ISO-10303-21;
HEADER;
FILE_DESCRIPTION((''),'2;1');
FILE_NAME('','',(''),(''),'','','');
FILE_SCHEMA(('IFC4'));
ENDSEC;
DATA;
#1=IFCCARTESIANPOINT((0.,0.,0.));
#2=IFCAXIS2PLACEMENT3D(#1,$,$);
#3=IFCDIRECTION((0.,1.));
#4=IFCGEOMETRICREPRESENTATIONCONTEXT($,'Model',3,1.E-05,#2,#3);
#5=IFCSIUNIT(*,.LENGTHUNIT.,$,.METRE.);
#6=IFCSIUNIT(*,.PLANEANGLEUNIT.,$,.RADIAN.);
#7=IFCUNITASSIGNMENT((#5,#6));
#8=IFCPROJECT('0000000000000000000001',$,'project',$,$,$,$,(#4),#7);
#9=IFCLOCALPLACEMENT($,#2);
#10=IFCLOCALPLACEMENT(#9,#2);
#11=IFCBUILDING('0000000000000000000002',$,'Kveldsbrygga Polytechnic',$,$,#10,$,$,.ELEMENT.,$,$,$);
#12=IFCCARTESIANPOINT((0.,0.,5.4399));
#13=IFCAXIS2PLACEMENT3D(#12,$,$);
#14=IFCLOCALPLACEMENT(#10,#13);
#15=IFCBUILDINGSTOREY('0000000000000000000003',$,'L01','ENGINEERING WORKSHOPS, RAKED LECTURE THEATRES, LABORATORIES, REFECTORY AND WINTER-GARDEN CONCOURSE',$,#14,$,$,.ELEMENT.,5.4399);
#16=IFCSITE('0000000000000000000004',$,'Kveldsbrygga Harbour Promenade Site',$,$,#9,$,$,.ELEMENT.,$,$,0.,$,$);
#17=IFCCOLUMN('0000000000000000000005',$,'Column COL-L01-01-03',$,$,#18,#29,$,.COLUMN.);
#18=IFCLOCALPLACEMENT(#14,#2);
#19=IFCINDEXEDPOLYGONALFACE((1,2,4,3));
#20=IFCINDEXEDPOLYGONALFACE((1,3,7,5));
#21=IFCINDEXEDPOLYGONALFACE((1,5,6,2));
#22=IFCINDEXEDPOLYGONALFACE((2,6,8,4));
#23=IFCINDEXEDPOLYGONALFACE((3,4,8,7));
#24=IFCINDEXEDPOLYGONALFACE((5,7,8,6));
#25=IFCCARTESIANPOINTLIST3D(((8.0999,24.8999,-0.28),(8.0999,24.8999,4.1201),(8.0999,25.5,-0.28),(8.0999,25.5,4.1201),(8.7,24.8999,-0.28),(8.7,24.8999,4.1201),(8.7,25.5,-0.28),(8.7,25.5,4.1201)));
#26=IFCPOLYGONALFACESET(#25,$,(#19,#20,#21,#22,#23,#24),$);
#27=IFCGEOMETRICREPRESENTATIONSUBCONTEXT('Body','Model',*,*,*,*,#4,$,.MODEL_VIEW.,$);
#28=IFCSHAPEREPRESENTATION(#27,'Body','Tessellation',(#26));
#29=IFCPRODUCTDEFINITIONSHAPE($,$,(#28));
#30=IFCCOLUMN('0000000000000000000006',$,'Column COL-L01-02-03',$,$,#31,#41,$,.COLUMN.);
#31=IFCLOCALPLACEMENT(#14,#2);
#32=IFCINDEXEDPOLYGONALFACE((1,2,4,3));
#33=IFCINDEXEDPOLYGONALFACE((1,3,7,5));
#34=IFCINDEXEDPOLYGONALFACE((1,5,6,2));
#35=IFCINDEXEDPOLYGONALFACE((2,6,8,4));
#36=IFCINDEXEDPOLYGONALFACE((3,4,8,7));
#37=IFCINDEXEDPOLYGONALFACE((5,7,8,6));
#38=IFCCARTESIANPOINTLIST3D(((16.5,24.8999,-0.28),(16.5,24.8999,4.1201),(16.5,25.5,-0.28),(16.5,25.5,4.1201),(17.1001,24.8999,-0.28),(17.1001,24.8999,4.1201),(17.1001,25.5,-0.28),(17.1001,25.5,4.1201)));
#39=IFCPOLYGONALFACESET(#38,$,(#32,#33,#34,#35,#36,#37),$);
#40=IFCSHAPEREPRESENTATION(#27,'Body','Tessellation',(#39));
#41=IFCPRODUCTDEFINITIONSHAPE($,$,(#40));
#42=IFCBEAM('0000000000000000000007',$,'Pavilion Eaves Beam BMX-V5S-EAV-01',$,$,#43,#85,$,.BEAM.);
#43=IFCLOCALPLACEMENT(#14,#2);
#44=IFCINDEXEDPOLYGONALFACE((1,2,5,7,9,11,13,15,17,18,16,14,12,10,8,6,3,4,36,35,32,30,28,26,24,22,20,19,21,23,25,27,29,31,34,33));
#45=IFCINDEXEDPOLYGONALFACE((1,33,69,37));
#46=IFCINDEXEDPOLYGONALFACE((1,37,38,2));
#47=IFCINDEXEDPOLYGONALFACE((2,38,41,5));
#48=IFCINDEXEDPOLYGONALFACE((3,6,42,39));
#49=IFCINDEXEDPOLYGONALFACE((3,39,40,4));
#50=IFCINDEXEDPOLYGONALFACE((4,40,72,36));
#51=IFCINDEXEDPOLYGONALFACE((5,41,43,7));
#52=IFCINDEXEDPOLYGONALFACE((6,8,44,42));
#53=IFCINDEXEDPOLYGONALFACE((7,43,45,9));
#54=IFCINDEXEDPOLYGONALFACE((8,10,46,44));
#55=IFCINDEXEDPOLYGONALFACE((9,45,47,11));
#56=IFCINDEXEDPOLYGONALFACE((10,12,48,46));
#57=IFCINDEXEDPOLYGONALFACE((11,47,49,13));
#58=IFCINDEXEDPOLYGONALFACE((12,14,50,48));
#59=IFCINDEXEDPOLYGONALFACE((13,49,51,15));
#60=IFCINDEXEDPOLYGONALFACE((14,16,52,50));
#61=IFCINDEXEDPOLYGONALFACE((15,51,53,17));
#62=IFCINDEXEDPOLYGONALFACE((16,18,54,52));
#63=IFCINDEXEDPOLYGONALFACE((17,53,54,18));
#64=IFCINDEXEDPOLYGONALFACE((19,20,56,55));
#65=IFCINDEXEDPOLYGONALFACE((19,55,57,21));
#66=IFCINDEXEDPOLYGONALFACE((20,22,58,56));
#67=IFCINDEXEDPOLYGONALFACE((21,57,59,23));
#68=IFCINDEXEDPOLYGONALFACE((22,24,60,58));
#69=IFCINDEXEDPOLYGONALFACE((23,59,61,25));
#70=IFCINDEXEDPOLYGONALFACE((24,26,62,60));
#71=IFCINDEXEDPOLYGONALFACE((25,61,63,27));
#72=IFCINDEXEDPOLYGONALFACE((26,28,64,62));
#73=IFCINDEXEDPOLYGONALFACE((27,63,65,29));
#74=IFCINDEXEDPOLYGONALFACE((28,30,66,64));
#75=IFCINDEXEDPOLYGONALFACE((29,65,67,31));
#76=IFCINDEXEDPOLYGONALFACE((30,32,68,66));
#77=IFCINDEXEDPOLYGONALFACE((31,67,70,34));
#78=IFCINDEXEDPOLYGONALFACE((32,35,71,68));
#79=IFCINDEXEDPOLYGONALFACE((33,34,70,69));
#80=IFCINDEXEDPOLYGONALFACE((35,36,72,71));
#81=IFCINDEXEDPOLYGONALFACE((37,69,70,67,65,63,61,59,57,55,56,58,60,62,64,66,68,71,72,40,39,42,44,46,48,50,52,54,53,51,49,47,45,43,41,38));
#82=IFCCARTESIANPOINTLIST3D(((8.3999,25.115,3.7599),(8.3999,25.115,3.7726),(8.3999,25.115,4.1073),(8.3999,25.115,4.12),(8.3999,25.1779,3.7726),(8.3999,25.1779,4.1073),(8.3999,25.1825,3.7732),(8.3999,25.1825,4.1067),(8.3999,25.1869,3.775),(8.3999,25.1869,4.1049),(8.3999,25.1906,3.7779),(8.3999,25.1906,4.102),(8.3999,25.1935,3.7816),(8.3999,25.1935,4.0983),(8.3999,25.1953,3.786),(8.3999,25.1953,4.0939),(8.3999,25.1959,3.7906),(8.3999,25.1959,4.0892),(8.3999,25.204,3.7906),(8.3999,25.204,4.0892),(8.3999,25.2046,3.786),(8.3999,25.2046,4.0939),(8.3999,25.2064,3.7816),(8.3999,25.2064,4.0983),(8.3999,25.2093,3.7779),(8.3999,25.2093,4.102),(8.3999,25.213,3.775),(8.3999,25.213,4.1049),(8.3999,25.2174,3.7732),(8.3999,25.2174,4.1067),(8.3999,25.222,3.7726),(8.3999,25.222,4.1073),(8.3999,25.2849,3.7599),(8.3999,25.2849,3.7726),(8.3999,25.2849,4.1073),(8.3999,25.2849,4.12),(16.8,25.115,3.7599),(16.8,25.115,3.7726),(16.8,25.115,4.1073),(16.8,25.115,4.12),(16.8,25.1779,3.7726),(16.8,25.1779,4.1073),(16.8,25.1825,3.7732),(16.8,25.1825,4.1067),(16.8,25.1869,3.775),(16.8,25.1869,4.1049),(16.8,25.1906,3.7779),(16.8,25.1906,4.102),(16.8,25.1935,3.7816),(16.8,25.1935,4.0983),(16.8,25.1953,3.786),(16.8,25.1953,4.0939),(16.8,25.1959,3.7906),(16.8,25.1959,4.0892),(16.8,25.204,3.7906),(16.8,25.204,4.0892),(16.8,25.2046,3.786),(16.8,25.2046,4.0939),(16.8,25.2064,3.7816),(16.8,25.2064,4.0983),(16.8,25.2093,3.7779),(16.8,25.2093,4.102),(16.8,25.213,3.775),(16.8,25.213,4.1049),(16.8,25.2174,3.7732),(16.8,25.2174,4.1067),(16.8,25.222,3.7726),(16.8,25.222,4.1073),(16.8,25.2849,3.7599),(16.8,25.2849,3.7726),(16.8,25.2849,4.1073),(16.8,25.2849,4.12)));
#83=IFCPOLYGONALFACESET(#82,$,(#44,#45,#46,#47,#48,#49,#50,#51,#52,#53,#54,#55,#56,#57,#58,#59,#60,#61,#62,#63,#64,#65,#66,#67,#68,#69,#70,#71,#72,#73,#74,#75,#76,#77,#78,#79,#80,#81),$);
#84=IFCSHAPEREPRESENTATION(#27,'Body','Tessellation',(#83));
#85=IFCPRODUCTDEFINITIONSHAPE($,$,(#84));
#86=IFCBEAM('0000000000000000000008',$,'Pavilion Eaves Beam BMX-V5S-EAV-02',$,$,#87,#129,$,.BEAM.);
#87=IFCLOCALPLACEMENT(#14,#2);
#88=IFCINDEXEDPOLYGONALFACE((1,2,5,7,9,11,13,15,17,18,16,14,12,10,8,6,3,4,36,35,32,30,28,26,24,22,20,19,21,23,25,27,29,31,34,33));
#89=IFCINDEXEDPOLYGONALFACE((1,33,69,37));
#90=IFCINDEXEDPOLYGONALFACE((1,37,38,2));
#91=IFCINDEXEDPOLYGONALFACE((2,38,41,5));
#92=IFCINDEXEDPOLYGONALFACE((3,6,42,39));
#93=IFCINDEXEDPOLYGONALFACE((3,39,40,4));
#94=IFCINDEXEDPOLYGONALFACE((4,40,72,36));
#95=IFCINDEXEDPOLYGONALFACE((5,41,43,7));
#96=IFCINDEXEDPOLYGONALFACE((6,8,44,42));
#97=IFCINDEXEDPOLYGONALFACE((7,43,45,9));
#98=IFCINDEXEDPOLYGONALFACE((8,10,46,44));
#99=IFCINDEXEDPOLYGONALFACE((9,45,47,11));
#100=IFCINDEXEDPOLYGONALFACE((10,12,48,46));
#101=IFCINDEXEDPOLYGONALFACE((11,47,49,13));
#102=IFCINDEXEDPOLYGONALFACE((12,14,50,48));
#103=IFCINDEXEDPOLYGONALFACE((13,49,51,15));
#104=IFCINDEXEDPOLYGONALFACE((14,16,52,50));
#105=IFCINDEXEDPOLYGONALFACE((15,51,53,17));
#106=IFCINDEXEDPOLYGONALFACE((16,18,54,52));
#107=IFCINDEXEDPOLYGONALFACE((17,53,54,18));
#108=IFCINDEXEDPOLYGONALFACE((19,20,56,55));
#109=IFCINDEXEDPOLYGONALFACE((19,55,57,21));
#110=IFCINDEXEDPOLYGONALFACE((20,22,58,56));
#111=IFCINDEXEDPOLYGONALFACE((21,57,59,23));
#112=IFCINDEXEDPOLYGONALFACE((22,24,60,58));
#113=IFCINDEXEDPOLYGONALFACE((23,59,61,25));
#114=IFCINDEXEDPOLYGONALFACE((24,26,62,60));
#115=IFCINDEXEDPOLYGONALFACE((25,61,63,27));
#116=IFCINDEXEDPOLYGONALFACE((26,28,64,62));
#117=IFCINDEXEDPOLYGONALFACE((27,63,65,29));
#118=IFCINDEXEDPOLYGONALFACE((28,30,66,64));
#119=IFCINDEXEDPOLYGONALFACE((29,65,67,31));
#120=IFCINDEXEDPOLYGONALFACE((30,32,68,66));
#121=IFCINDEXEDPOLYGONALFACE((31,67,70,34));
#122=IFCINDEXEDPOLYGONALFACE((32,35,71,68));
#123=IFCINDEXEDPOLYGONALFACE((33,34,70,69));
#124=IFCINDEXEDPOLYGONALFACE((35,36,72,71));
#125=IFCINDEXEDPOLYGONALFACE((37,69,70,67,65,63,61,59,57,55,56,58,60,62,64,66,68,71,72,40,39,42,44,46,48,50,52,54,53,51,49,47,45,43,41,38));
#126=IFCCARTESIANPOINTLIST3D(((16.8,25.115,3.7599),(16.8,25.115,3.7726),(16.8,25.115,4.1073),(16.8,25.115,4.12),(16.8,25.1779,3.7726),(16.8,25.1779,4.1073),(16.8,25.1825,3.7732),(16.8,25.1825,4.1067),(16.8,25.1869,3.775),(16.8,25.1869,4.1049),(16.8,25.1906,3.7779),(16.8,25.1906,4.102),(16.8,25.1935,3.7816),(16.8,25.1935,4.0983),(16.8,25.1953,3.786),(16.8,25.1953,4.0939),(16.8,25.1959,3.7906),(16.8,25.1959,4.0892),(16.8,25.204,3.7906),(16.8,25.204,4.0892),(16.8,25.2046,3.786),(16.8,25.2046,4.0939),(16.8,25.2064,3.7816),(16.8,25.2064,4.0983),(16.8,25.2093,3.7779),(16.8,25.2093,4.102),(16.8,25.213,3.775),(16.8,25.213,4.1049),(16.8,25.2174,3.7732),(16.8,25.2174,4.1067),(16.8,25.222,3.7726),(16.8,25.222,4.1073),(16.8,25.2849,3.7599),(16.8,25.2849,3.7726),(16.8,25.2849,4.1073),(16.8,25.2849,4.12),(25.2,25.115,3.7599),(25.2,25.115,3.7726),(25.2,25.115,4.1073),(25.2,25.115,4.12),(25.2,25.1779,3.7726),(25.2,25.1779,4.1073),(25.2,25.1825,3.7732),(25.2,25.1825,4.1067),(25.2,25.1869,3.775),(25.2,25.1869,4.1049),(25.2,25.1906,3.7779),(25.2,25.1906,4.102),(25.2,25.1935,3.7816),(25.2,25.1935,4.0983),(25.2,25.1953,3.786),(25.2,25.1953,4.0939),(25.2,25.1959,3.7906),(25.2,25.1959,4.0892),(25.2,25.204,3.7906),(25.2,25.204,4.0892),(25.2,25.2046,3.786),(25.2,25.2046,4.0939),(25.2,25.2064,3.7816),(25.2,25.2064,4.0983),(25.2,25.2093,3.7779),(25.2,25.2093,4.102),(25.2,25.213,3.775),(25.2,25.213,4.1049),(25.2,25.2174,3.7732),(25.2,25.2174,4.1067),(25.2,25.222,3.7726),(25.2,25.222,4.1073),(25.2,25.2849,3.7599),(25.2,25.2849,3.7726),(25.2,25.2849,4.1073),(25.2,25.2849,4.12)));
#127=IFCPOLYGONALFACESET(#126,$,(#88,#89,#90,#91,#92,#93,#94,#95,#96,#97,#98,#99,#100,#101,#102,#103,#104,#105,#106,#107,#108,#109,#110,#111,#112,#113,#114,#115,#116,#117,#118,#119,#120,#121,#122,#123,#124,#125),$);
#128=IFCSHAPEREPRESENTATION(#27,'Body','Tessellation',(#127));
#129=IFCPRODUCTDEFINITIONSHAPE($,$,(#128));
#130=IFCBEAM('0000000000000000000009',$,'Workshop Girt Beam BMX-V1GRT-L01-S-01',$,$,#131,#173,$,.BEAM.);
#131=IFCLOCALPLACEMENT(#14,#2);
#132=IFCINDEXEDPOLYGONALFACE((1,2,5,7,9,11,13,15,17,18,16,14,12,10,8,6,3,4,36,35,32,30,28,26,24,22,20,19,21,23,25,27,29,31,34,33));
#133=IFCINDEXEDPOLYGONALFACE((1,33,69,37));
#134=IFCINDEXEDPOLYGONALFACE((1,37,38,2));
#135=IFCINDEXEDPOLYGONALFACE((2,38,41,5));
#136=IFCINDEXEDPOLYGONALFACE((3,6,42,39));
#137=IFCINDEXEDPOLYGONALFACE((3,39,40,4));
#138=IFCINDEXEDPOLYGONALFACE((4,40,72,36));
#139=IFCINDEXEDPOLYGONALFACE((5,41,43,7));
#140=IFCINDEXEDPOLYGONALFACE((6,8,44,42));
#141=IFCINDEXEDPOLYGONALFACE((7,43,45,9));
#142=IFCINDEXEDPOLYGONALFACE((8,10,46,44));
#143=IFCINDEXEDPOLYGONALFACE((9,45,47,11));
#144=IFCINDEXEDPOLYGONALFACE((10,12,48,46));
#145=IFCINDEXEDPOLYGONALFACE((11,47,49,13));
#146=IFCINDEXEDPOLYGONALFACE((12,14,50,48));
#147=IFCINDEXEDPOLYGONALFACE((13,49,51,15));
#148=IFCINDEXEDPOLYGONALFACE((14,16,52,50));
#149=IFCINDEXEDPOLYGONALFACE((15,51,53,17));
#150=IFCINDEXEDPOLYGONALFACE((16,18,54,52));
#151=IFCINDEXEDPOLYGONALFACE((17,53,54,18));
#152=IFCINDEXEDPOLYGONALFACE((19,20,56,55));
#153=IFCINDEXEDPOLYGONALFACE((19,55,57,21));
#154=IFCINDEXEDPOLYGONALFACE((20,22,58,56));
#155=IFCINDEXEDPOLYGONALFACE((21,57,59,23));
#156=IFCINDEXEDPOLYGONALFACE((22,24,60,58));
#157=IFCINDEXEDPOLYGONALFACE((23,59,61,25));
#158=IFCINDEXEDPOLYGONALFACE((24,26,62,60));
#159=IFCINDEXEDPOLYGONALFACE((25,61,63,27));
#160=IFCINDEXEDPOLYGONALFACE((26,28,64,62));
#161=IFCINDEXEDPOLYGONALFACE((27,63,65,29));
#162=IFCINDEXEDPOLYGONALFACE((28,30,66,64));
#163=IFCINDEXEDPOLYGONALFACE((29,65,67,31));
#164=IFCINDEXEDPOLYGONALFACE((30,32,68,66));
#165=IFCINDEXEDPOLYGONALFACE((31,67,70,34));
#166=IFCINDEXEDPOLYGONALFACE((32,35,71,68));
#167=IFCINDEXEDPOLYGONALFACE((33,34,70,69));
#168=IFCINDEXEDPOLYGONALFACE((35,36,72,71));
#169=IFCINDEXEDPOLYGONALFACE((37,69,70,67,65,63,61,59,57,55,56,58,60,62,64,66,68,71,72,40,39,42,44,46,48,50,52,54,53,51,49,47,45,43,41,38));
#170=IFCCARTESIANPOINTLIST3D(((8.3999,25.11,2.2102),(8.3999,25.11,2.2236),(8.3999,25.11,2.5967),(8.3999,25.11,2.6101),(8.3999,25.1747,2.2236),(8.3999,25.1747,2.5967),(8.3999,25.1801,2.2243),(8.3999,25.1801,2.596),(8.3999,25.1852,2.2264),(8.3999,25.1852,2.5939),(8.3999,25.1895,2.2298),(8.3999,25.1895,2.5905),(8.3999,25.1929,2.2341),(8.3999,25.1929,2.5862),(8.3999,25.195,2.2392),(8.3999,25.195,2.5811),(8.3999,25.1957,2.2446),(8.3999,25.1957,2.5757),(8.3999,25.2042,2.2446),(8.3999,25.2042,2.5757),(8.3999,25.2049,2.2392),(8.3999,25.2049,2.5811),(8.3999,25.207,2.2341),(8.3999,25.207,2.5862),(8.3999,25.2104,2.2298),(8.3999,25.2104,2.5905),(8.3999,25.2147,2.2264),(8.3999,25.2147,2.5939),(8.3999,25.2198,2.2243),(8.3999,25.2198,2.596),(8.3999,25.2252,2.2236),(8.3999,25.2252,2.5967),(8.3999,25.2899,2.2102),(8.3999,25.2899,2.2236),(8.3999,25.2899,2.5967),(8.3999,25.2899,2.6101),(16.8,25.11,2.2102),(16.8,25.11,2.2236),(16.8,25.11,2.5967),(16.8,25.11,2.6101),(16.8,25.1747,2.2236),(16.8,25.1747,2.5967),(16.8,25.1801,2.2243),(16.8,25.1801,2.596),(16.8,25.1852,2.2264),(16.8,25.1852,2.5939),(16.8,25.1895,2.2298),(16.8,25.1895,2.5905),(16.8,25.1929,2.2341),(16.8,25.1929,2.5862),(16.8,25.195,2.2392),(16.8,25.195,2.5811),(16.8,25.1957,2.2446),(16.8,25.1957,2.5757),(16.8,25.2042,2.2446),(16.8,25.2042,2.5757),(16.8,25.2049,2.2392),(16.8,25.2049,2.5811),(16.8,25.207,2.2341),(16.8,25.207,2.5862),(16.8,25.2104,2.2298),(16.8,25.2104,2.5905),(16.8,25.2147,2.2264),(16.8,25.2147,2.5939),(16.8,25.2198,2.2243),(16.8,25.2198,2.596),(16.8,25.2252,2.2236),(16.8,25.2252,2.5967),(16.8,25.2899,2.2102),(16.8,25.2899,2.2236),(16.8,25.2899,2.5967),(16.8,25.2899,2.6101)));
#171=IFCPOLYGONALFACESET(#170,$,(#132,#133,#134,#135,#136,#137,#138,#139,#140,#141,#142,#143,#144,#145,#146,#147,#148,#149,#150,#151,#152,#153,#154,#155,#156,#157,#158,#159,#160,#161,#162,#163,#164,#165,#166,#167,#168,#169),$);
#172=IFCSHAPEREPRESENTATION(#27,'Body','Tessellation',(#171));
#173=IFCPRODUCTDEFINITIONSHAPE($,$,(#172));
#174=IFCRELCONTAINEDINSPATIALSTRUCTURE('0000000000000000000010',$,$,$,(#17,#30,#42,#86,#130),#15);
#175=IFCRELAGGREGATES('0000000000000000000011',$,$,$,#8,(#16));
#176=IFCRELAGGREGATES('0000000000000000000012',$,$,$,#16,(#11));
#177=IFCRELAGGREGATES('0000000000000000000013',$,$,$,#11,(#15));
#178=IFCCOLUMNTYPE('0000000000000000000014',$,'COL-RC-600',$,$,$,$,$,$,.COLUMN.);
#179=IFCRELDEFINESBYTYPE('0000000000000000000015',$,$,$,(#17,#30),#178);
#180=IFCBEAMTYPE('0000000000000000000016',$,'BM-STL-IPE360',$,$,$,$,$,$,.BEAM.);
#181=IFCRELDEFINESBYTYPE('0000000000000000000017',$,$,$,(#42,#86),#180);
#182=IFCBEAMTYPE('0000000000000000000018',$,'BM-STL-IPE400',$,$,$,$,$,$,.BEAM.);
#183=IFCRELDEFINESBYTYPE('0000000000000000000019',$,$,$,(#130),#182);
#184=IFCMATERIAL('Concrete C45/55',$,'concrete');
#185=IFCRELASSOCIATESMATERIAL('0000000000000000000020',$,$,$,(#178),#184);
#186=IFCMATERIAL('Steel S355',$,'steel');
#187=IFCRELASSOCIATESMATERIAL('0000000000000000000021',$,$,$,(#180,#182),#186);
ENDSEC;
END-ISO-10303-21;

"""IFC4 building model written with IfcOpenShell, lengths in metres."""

from ifc_helpers import new_model, si_unit, direction, frame, origin, origin_2d, place, context, subcontext, project, spatial, rectangle, i_section, extrude, material, material_profile, profile_set, type_object, element, save


model = new_model("IFC4")

# Units and contexts
model_context = context("Model", 3, precision=1e-05, world=origin(), true_north=direction((0.0, 1.0)))
body_context = subcontext(model_context, "Body", "Model", "MODEL_VIEW")
ifc_project = project(units=[si_unit("LENGTHUNIT", "METRE"), si_unit("PLANEANGLEUNIT", "RADIAN")], contexts=[model_context])

# Site, building, storey
site_placement = place(None, origin())
site = spatial("IfcSite", under=ifc_project, at=site_placement, Name="Kveldsbrygga Harbour Promenade Site", CompositionType="ELEMENT", RefElevation=0.0)
building_placement = place(site_placement, origin())
building = spatial("IfcBuilding", under=site, at=building_placement, Name="Kveldsbrygga Polytechnic", CompositionType="ELEMENT")
storey_placement = place(building_placement, frame((0.0, 0.0, 5.4399)))
storey = spatial("IfcBuildingStorey", under=building, at=storey_placement, Name="L01", Description="ENGINEERING WORKSHOPS, RAKED LECTURE THEATRES, LABORATORIES, REFECTORY AND WINTER-GARDEN CONCOURSE", CompositionType="ELEMENT", Elevation=5.4399)

# Columns
ifc_material_1 = material(Name="Concrete C45/55", Category="concrete")
ifc_material_profile_1 = material_profile(ifc_material_1, rectangle(XDim=0.6001, YDim=0.6001, at=origin_2d()), Name="RC 600x600")
ifc_profile_set_1 = profile_set([ifc_material_profile_1], Name="Concrete C45/55")
column_type = type_object("IfcColumnType", Name="COL-RC-600", PredefinedType="COLUMN", material=ifc_profile_set_1)
for number, where, z_axis, x_axis, name in (
    (1, (8.3999, 25.2, -0.28), (0.0, 0.0, 1.0), (1.0, 0.0, 0.0), "Column COL-L01-01-03"),
    (2, (16.8, 25.2, -0.28), (0.0, 0.0, 1.0), (1.0, 0.0, 0.0), "Column COL-L01-02-03"),
):
    element("IfcColumn", number, at=place(storey_placement, frame(where, z_axis=z_axis, x_axis=x_axis)), inside=storey, type_object=column_type, Name=name, PredefinedType="COLUMN", context=body_context, shape_type="SweptSolid", body=[
        extrude(rectangle(XDim=0.6001, YDim=0.6001, at=origin_2d()), origin(), (0.0, 0.0, 1.0), 4.4001),
    ])

# Beams
ifc_material_2 = material(Name="Steel S355", Category="steel")
ifc_material_profile_2 = material_profile(ifc_material_2, i_section(OverallWidth=0.1699, OverallDepth=0.3601, WebThickness=0.0081, FlangeThickness=0.0127, FilletRadius=0.0181, at=origin_2d()), Name="IPE 360")
ifc_profile_set_2 = profile_set([ifc_material_profile_2], Name="Steel S355")
beam_type_1 = type_object("IfcBeamType", Name="BM-STL-IPE360", PredefinedType="BEAM", material=ifc_profile_set_2)
beam_1_placement = place(storey_placement, frame((8.3999, 25.2, 3.9399), z_axis=(1.0, 0.0, 0.0), x_axis=(0.0, 1.0, 0.0)))
element("IfcBeam", 3, at=beam_1_placement, inside=storey, type_object=beam_type_1, Name="Pavilion Eaves Beam BMX-V5S-EAV-01", PredefinedType="BEAM", context=body_context, shape_type="SweptSolid", body=[
    extrude(i_section(OverallWidth=0.1699, OverallDepth=0.3601, WebThickness=0.0081, FlangeThickness=0.0127, FilletRadius=0.0181, at=origin_2d()), origin(), (0.0, 0.0, 1.0), 8.4001),
])
beam_2_placement = place(storey_placement, frame((16.8, 25.2, 3.9399), z_axis=(1.0, 0.0, 0.0), x_axis=(0.0, 1.0, 0.0)))
element("IfcBeam", 4, at=beam_2_placement, inside=storey, type_object=beam_type_1, Name="Pavilion Eaves Beam BMX-V5S-EAV-02", PredefinedType="BEAM", context=body_context, shape_type="SweptSolid", body=[
    extrude(i_section(OverallWidth=0.1699, OverallDepth=0.3601, WebThickness=0.0081, FlangeThickness=0.0127, FilletRadius=0.0181, at=origin_2d()), origin(), (0.0, 0.0, 1.0), 8.3999),
])
ifc_material_profile_3 = material_profile(ifc_material_2, i_section(OverallWidth=0.1799, OverallDepth=0.3999, WebThickness=0.0085, FlangeThickness=0.0134, FilletRadius=0.021, at=origin_2d()), Name="IPE 400")
ifc_profile_set_3 = profile_set([ifc_material_profile_3], Name="Steel S355")
beam_type_2 = type_object("IfcBeamType", Name="BM-STL-IPE400", PredefinedType="BEAM", material=ifc_profile_set_3)
beam_3_placement = place(storey_placement, frame((8.3999, 25.2, 2.4102), z_axis=(1.0, 0.0, 0.0), x_axis=(0.0, 1.0, 0.0)))
element("IfcBeam", 5, at=beam_3_placement, inside=storey, type_object=beam_type_2, Name="Workshop Girt Beam BMX-V1GRT-L01-S-01", PredefinedType="BEAM", context=body_context, shape_type="SweptSolid", body=[
    extrude(i_section(OverallWidth=0.1799, OverallDepth=0.3999, WebThickness=0.0085, FlangeThickness=0.0134, FilletRadius=0.021, at=origin_2d()), origin(), (0.0, 0.0, 1.0), 8.4001),
])

save(model, "model.ifc")
